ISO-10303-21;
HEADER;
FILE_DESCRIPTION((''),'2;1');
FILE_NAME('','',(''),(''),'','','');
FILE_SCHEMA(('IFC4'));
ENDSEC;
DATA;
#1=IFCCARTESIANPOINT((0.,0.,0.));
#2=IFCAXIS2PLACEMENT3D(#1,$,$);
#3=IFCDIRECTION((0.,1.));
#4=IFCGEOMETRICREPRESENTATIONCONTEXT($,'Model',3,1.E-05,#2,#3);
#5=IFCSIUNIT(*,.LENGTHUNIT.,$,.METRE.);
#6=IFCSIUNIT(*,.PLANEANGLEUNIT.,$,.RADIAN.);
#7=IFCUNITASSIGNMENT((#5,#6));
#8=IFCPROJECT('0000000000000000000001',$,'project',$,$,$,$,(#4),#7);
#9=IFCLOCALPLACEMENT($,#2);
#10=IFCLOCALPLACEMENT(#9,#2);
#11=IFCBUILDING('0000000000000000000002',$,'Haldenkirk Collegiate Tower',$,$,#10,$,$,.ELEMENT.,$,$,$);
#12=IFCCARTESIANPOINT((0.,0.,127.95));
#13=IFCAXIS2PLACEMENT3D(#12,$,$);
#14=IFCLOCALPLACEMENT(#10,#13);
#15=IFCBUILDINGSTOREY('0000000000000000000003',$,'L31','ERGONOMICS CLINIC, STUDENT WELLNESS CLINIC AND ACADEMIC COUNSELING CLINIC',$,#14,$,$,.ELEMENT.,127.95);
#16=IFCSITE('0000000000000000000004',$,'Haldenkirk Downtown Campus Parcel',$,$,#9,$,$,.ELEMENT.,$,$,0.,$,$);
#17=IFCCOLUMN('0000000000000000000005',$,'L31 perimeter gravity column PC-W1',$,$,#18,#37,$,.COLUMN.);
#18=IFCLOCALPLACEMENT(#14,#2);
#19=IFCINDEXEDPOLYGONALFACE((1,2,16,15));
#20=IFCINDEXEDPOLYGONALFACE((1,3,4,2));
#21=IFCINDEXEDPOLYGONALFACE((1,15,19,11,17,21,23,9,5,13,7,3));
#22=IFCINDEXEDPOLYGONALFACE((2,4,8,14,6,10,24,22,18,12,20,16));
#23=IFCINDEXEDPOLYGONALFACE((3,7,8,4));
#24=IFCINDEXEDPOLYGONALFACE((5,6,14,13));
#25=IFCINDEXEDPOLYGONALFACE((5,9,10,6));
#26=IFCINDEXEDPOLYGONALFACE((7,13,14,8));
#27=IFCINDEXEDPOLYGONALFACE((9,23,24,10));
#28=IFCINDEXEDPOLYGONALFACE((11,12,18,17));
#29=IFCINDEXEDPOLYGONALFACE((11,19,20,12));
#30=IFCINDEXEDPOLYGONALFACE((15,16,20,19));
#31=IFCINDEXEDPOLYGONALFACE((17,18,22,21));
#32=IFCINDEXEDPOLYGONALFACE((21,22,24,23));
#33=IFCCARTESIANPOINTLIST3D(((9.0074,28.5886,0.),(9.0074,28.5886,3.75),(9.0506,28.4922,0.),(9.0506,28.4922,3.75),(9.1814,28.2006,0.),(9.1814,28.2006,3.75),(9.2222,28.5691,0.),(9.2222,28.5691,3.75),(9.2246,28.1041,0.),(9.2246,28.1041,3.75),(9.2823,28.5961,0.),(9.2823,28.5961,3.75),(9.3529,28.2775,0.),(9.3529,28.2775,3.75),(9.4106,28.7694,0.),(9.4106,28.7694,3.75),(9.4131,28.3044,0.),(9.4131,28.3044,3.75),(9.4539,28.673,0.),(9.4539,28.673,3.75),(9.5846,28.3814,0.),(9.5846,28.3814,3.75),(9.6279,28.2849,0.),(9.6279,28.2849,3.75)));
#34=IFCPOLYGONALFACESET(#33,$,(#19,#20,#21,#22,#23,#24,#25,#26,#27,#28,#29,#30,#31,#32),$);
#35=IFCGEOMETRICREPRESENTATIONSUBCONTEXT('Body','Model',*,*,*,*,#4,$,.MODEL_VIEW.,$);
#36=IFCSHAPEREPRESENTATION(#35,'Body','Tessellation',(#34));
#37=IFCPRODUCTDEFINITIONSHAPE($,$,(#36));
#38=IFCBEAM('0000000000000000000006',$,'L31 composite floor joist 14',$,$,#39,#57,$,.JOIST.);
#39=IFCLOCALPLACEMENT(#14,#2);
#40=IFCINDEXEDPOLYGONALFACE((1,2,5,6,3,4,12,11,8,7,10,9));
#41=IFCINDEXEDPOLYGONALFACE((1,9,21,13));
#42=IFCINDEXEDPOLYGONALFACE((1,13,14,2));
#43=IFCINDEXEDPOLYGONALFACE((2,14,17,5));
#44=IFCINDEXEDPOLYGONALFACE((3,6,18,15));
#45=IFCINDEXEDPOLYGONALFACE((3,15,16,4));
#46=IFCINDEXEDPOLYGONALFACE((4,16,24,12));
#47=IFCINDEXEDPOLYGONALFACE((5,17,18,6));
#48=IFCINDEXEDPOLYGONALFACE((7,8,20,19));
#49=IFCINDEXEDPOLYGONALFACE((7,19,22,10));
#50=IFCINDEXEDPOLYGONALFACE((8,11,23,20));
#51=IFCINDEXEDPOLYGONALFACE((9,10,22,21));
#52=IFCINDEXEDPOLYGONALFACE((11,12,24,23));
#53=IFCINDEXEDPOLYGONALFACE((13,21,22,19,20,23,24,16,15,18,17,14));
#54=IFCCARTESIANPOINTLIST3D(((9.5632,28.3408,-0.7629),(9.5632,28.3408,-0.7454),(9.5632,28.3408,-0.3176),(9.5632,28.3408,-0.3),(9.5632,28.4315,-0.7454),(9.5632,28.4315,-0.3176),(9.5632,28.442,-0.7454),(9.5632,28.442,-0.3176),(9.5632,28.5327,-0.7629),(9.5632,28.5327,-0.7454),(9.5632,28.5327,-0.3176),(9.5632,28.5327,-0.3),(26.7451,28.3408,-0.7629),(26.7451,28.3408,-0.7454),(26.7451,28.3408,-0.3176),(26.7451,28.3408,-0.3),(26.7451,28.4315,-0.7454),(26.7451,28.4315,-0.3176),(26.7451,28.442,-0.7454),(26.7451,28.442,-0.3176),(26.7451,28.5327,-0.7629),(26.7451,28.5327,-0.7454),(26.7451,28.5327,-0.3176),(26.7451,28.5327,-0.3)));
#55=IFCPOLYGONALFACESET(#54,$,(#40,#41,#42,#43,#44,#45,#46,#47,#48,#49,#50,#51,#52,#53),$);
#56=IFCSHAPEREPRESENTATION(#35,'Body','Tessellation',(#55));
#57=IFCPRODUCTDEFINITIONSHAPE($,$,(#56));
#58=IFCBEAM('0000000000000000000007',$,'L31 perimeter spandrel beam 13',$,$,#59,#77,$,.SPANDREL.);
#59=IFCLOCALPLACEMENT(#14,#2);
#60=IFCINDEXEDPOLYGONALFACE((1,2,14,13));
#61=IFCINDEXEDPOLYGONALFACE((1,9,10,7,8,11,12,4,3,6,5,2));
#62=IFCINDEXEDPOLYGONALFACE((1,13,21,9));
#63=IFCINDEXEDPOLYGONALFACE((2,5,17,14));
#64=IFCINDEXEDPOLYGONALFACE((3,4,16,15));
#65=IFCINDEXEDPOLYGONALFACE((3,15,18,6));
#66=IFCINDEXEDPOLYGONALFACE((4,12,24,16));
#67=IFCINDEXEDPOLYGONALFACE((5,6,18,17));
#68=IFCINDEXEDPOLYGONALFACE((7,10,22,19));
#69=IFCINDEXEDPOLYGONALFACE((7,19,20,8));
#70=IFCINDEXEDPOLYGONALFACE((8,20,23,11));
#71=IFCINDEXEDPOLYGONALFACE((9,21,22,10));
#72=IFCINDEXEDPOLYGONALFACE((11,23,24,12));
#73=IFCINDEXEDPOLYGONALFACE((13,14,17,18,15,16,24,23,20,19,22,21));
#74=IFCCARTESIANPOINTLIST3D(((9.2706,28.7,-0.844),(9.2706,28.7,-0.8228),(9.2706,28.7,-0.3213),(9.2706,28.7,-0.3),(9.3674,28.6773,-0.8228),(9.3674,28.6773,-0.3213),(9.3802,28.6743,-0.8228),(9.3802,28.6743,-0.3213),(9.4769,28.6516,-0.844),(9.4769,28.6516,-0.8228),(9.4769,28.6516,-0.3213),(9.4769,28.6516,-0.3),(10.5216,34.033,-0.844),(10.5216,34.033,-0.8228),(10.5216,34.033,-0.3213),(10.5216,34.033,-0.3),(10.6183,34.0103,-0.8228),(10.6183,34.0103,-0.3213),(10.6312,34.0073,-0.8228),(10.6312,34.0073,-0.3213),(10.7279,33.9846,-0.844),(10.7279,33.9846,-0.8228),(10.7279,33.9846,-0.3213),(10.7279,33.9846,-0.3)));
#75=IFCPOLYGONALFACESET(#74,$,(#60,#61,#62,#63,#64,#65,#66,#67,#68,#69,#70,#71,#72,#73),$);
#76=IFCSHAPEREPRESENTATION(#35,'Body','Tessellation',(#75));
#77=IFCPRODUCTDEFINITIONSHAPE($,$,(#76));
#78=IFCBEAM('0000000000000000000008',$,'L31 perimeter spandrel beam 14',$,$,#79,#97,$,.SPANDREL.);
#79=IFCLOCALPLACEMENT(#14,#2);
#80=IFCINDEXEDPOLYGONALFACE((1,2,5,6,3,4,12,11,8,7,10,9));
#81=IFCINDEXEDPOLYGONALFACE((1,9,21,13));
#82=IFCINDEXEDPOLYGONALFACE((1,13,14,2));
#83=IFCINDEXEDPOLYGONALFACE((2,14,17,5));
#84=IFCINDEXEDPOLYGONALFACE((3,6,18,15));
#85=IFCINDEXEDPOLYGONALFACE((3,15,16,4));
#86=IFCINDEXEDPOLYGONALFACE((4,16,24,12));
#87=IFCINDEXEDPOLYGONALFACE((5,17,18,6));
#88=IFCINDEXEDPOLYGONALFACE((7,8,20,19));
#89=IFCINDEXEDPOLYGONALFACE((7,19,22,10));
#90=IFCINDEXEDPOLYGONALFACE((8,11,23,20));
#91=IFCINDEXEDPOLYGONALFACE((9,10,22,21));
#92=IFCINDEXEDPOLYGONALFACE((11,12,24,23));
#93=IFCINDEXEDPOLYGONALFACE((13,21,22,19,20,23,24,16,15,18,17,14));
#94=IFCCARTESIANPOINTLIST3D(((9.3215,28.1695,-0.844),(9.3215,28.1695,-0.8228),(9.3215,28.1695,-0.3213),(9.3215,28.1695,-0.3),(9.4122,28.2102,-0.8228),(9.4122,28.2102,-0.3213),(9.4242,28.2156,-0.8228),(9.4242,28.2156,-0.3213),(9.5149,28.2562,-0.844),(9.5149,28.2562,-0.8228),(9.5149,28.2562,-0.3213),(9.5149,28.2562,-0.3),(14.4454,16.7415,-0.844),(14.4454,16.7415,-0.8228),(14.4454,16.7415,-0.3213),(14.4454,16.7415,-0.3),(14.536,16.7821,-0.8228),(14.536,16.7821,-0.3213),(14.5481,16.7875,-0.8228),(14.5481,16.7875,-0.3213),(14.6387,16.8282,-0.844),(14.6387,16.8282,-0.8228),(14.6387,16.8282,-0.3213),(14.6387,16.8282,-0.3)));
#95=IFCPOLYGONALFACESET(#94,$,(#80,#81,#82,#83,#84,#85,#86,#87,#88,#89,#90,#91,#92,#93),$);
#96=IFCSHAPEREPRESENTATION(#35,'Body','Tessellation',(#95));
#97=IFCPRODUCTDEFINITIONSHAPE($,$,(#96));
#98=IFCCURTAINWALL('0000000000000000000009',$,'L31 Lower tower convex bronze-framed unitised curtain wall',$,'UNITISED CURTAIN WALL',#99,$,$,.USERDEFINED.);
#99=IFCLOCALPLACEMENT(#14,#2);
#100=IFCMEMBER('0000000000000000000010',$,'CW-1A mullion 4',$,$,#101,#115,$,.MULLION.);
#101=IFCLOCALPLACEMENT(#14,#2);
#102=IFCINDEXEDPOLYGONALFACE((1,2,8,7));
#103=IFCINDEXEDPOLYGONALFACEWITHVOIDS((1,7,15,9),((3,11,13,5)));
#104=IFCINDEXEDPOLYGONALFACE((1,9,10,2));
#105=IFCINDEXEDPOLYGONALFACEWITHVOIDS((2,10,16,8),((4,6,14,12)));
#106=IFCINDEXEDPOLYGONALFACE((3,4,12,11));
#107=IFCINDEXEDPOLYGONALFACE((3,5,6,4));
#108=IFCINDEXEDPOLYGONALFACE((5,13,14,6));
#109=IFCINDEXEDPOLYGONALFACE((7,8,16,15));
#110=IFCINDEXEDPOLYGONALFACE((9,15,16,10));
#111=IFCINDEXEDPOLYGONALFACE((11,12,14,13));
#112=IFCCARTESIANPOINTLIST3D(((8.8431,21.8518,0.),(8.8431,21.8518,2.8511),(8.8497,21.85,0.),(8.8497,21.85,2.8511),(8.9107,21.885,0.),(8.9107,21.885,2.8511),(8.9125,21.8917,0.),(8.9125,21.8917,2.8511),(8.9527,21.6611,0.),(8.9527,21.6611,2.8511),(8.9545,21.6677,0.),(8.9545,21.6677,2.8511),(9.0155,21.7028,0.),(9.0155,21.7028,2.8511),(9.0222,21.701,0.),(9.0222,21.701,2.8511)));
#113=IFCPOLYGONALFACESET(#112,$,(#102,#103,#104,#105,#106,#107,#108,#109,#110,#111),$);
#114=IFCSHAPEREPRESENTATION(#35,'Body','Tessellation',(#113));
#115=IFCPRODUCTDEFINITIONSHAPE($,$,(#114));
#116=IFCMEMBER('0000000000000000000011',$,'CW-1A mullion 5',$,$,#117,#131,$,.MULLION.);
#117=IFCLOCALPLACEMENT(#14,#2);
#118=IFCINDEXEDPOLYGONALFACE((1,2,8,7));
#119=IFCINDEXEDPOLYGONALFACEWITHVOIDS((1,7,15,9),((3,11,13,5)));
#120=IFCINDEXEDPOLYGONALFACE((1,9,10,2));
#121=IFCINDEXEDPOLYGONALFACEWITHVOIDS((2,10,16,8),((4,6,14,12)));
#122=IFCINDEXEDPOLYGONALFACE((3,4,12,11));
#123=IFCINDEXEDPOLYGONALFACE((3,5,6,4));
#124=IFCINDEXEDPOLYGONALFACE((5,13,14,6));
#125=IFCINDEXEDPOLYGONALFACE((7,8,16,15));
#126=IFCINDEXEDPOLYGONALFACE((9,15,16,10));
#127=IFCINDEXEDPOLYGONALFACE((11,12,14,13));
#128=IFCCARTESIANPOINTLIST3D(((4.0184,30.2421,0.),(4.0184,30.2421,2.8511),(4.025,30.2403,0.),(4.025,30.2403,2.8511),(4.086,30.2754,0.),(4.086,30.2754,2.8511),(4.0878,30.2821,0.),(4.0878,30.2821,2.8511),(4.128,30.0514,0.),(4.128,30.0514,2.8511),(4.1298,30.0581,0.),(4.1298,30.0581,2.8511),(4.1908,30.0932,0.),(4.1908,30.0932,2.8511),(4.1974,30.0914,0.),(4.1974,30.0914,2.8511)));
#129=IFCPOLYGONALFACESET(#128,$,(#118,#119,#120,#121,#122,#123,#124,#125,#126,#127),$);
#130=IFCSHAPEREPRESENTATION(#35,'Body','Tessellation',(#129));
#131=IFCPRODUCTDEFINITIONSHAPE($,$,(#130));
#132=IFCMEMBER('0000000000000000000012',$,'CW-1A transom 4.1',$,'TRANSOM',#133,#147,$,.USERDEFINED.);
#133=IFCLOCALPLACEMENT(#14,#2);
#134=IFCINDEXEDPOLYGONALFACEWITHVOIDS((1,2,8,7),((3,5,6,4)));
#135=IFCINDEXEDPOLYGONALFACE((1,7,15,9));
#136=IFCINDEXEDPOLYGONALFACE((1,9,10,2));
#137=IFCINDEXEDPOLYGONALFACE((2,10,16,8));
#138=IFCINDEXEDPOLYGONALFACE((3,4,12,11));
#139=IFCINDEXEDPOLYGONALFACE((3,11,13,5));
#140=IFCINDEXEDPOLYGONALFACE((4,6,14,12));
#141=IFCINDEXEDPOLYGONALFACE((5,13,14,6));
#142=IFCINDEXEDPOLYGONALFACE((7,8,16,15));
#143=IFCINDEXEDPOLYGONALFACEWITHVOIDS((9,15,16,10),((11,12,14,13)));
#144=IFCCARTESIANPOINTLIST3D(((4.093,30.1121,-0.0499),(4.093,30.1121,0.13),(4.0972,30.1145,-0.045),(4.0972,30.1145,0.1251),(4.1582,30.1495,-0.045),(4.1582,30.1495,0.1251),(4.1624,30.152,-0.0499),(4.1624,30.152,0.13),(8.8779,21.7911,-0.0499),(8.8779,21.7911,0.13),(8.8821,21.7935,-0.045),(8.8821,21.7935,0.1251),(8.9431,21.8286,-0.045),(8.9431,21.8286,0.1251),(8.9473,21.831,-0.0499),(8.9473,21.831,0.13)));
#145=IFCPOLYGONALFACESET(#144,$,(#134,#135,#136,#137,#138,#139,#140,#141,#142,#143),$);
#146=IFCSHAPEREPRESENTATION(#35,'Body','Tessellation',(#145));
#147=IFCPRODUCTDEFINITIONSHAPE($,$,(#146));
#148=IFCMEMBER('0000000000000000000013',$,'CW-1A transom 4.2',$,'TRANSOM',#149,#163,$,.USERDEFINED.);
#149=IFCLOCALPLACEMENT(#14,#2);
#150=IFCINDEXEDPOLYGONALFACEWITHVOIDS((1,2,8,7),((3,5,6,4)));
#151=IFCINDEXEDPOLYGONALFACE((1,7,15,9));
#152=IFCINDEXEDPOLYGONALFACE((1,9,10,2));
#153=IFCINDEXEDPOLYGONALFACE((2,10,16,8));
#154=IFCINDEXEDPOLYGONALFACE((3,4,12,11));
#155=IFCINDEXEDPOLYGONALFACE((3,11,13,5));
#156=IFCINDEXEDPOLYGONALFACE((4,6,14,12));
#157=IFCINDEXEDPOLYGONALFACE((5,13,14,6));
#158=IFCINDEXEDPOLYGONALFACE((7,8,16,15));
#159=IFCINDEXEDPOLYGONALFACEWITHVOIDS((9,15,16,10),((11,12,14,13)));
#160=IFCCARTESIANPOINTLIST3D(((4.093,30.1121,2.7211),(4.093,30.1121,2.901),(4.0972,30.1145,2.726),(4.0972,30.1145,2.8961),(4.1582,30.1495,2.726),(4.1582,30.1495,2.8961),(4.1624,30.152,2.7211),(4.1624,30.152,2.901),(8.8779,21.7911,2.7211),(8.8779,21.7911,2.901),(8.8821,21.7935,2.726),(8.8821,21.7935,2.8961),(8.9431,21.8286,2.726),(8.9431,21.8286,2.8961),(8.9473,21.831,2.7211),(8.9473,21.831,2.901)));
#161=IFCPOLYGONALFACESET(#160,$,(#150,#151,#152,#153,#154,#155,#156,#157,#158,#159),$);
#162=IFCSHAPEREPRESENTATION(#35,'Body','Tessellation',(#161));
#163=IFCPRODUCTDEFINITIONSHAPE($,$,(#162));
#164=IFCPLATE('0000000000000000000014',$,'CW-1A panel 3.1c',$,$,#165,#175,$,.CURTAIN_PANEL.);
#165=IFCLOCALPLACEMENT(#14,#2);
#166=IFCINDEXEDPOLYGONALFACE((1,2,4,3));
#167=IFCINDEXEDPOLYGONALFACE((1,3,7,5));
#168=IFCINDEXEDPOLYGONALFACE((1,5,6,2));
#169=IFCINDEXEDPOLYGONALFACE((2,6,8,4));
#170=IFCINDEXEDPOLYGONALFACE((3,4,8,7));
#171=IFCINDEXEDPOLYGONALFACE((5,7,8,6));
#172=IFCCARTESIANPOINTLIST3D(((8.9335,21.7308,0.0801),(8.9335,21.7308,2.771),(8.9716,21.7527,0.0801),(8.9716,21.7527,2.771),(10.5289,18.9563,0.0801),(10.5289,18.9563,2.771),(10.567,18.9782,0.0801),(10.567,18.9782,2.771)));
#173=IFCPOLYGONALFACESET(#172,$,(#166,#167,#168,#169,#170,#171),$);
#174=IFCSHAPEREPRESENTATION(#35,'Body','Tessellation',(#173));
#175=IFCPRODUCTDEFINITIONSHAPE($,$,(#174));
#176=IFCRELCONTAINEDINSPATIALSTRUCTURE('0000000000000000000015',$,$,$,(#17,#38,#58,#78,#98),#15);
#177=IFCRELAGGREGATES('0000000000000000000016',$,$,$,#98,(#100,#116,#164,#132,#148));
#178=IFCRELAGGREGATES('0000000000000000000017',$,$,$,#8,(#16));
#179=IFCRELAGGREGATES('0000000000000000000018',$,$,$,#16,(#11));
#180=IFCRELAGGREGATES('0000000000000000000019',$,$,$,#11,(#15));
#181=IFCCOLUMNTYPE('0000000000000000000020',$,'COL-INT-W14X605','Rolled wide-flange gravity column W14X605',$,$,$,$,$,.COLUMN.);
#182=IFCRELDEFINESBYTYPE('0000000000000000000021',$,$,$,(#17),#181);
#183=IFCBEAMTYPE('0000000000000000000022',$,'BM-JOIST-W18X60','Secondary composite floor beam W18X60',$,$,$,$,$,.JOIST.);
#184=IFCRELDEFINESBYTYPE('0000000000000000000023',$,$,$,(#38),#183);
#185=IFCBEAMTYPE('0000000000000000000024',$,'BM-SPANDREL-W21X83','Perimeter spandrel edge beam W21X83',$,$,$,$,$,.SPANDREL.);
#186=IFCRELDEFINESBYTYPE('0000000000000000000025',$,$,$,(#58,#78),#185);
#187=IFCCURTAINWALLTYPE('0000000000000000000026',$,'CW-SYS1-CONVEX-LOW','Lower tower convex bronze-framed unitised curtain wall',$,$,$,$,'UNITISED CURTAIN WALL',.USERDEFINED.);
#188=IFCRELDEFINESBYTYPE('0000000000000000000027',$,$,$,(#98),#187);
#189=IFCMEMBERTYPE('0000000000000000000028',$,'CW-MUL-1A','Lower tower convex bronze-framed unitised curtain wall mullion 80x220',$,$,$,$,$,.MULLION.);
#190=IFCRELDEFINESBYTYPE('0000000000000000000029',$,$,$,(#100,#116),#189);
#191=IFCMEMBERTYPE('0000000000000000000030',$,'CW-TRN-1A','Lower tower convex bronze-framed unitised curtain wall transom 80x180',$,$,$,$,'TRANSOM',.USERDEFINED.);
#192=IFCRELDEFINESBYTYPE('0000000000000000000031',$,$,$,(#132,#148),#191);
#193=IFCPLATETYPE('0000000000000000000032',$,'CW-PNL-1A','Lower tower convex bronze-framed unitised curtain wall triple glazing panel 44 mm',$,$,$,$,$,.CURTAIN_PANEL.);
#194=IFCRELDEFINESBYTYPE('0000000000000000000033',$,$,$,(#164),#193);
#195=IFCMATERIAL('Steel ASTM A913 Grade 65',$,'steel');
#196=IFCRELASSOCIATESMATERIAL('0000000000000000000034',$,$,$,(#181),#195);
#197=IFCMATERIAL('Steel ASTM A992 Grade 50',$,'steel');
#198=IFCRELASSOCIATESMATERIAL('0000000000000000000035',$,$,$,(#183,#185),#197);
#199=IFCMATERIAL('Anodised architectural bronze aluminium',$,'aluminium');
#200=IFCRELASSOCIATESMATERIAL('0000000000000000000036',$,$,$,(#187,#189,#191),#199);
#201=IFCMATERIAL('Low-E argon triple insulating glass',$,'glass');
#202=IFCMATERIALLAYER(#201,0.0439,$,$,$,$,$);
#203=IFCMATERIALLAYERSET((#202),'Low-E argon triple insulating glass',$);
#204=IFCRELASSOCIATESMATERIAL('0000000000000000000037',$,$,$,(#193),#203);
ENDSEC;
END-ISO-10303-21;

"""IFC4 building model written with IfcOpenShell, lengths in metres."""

from ifc_helpers import new_model, si_unit, direction, frame, origin, origin_2d, place, context, subcontext, project, spatial, rectangle, hollow_rectangle, i_section, extrude, source, transform, mapped, material, layer, layer_set, material_profile, profile_set, type_object, element, aggregate, save


model = new_model("IFC4")

# Units and contexts
model_context = context("Model", 3, precision=1e-05, world=origin(), true_north=direction((0.0, 1.0)))
body_context = subcontext(model_context, "Body", "Model", "MODEL_VIEW")
ifc_project = project(units=[si_unit("LENGTHUNIT", "METRE"), si_unit("PLANEANGLEUNIT", "RADIAN")], contexts=[model_context])

# Site, building, storey
site_placement = place(None, origin())
site = spatial("IfcSite", under=ifc_project, at=site_placement, Name="Haldenkirk Downtown Campus Parcel", CompositionType="ELEMENT", RefElevation=0.0)
building_placement = place(site_placement, origin())
building = spatial("IfcBuilding", under=site, at=building_placement, Name="Haldenkirk Collegiate Tower", CompositionType="ELEMENT")
storey_placement = place(building_placement, frame((0.0, 0.0, 127.95)))
storey = spatial("IfcBuildingStorey", under=building, at=storey_placement, Name="L31", Description="ERGONOMICS CLINIC, STUDENT WELLNESS CLINIC AND ACADEMIC COUNSELING CLINIC", CompositionType="ELEMENT", Elevation=127.95)

# Column
ifc_material_1 = material(Name="Steel ASTM A913 Grade 65", Category="steel")
ifc_material_profile_1 = material_profile(ifc_material_1, i_section(OverallWidth=0.4419, OverallDepth=0.531, WebThickness=0.0659, FlangeThickness=0.1057, at=origin_2d()), Name="W14X605")
ifc_profile_set_1 = profile_set([ifc_material_profile_1], Name="Steel ASTM A913 Grade 65")
column_type = type_object("IfcColumnType", Name="COL-INT-W14X605", Description="Rolled wide-flange gravity column W14X605", PredefinedType="COLUMN", material=ifc_profile_set_1)
column_placement = place(storey_placement, frame((9.3176, 28.4368, 0.0), z_axis=(0.0, 0.0, 1.0), x_axis=(0.912477, 0.409127, 0.0)))
element("IfcColumn", 1, at=column_placement, inside=storey, type_object=column_type, Name="L31 perimeter gravity column PC-W1", PredefinedType="COLUMN", context=body_context, shape_type="SweptSolid", body=[
    extrude(i_section(OverallWidth=0.4419, OverallDepth=0.531, WebThickness=0.0659, FlangeThickness=0.1057, at=origin_2d()), origin(), (0.0, 0.0, 1.0), 3.75),
])

# Beams
ifc_material_2 = material(Name="Steel ASTM A992 Grade 50", Category="steel")
ifc_material_profile_2 = material_profile(ifc_material_2, i_section(OverallWidth=0.1919, OverallDepth=0.4629, WebThickness=0.0105, FlangeThickness=0.0176, at=origin_2d()), Name="W18X60")
ifc_profile_set_2 = profile_set([ifc_material_profile_2], Name="Steel ASTM A992 Grade 50")
beam_type_1 = type_object("IfcBeamType", Name="BM-JOIST-W18X60", Description="Secondary composite floor beam W18X60", PredefinedType="JOIST", material=ifc_profile_set_2)
beam_1_placement = place(storey_placement, frame((9.5632, 28.4368, -0.5315), z_axis=(1.0, 0.0, 0.0), x_axis=(0.0, 1.0, 0.0)))
element("IfcBeam", 2, at=beam_1_placement, inside=storey, type_object=beam_type_1, Name="L31 composite floor joist 14", PredefinedType="JOIST", context=body_context, shape_type="SweptSolid", body=[
    extrude(i_section(OverallWidth=0.1919, OverallDepth=0.4629, WebThickness=0.0105, FlangeThickness=0.0176, at=origin_2d()), origin(), (0.0, 0.0, 1.0), 17.1819),
])
ifc_material_profile_3 = material_profile(ifc_material_2, i_section(OverallWidth=0.2119, OverallDepth=0.5439, WebThickness=0.0132, FlangeThickness=0.0212, at=origin_2d()), Name="W21X83")
ifc_profile_set_3 = profile_set([ifc_material_profile_3], Name="Steel ASTM A992 Grade 50")
beam_type_2 = type_object("IfcBeamType", Name="BM-SPANDREL-W21X83", Description="Perimeter spandrel edge beam W21X83", PredefinedType="SPANDREL", material=ifc_profile_set_3)
beam_2_placement = place(storey_placement, frame((10.6248, 34.0088, -0.572), z_axis=(-0.228374, -0.973574, 0.0), x_axis=(0.973574, -0.228374, 0.0)))
element("IfcBeam", 3, at=beam_2_placement, inside=storey, type_object=beam_type_2, Name="L31 perimeter spandrel beam 13", PredefinedType="SPANDREL", context=body_context, shape_type="SweptSolid", body=[
    extrude(i_section(OverallWidth=0.2119, OverallDepth=0.5439, WebThickness=0.0132, FlangeThickness=0.0212, at=origin_2d()), origin(), (0.0, 0.0, 1.0), 5.4778),
])
beam_3_placement = place(storey_placement, frame((9.4182, 28.2129, -0.572), z_axis=(0.409115, -0.912483, 0.0), x_axis=(0.912483, 0.409115, 0.0)))
element("IfcBeam", 4, at=beam_3_placement, inside=storey, type_object=beam_type_2, Name="L31 perimeter spandrel beam 14", PredefinedType="SPANDREL", context=body_context, shape_type="SweptSolid", body=[
    extrude(i_section(OverallWidth=0.2119, OverallDepth=0.5439, WebThickness=0.0132, FlangeThickness=0.0212, at=origin_2d()), origin(), (0.0, 0.0, 1.0), 12.5242),
])

# Curtain wall, members, plate
ifc_material_3 = material(Name="Anodised architectural bronze aluminium", Category="aluminium")
curtain_wall_type = type_object("IfcCurtainWallType", Name="CW-SYS1-CONVEX-LOW", Description="Lower tower convex bronze-framed unitised curtain wall", ElementType="UNITISED CURTAIN WALL", PredefinedType="USERDEFINED", material=ifc_material_3)
curtain_wall_placement = place(storey_placement, origin())
curtain_wall = element("IfcCurtainWall", 5, at=curtain_wall_placement, inside=storey, type_object=curtain_wall_type, Name="L31 Lower tower convex bronze-framed unitised curtain wall", ObjectType="UNITISED CURTAIN WALL", PredefinedType="USERDEFINED")
ifc_material_profile_4 = material_profile(ifc_material_3, hollow_rectangle(XDim=0.0801, YDim=0.22, WallThickness=0.0049, at=origin_2d()), Name="CW-MUL-1A")
ifc_profile_set_4 = profile_set([ifc_material_profile_4], Name="Anodised architectural bronze aluminium")
member_type_1 = type_object("IfcMemberType", Name="CW-MUL-1A", Description="Lower tower convex bronze-framed unitised curtain wall mullion 80x220", PredefinedType="MULLION", material=ifc_profile_set_4)
member_1_placement = place(storey_placement, frame((8.9326, 21.7764, 0.0), z_axis=(0.0, 0.0, 1.0), x_axis=(-0.866896, -0.49849, 0.0)))
member_1 = element("IfcMember", 6, at=member_1_placement, type_object=member_type_1, Name="CW-1A mullion 4", PredefinedType="MULLION", context=body_context, shape_type="SweptSolid", body=[
    extrude(hollow_rectangle(XDim=0.0801, YDim=0.22, WallThickness=0.0049, at=origin_2d()), origin(), (0.0, 0.0, 1.0), 2.8511),
])
member_2_placement = place(storey_placement, frame((4.1079, 30.1667, 0.0), z_axis=(0.0, 0.0, 1.0), x_axis=(-0.866896, -0.49849, 0.0)))
member_2 = element("IfcMember", 7, at=member_2_placement, type_object=member_type_1, Name="CW-1A mullion 5", PredefinedType="MULLION", context=body_context, shape_type="SweptSolid", body=[
    extrude(hollow_rectangle(XDim=0.0801, YDim=0.22, WallThickness=0.0049, at=origin_2d()), origin(), (0.0, 0.0, 1.0), 2.8511),
])
ifc_material_profile_5 = material_profile(ifc_material_3, hollow_rectangle(XDim=0.0801, YDim=0.1799, WallThickness=0.0049, at=origin_2d()), Name="CW-TRN-1A")
ifc_profile_set_5 = profile_set([ifc_material_profile_5], Name="Anodised architectural bronze aluminium")
member_type_2 = type_object("IfcMemberType", Name="CW-TRN-1A", Description="Lower tower convex bronze-framed unitised curtain wall transom 80x180", ElementType="TRANSOM", PredefinedType="USERDEFINED", material=ifc_profile_set_5)
member_3_placement = place(storey_placement, frame((8.9126, 21.811, 0.04), z_axis=(-0.498495, 0.866892, 0.0), x_axis=(-0.866892, -0.498495, 0.0)))
member_3 = element("IfcMember", 8, at=member_3_placement, type_object=member_type_2, Name="CW-1A transom 4.1", ObjectType="TRANSOM", PredefinedType="USERDEFINED", context=body_context, shape_type="SweptSolid", body=[
    extrude(hollow_rectangle(XDim=0.0801, YDim=0.1799, WallThickness=0.0049, at=origin_2d()), origin(), (0.0, 0.0, 1.0), 9.5986),
])
member_4_placement = place(storey_placement, frame((8.9126, 21.811, 2.811), z_axis=(-0.498495, 0.866892, 0.0), x_axis=(-0.866892, -0.498495, 0.0)))
member_4 = element("IfcMember", 9, at=member_4_placement, type_object=member_type_2, Name="CW-1A transom 4.2", ObjectType="TRANSOM", PredefinedType="USERDEFINED", context=body_context, shape_type="SweptSolid", body=[
    extrude(hollow_rectangle(XDim=0.0801, YDim=0.1799, WallThickness=0.0049, at=origin_2d()), origin(), (0.0, 0.0, 1.0), 9.5986),
])
ifc_material_4 = material(Name="Low-E argon triple insulating glass", Category="glass")
ifc_layer_1 = layer(ifc_material_4, 0.0439)
ifc_layer_set_1 = layer_set([ifc_layer_1], Name="Low-E argon triple insulating glass")
plate_type = type_object("IfcPlateType", Name="CW-PNL-1A", Description="Lower tower convex bronze-framed unitised curtain wall triple glazing panel 44 mm", PredefinedType="CURTAIN_PANEL", material=ifc_layer_set_1)
shared_shape_1 = source(origin(), body_context, "Body", "SweptSolid", [
    extrude(rectangle(XDim=3.2004, YDim=0.0439, at=origin_2d()), origin(), (0.0, 0.0, 1.0), 2.6909),
])
plate_1_placement = place(storey_placement, frame((9.7502, 20.3545, 0.0801), z_axis=(0.0, 0.0, 1.0), x_axis=(-0.49849, 0.866896, 0.0)))
plate_1 = element("IfcPlate", 10, at=plate_1_placement, type_object=plate_type, Name="CW-1A panel 3.1c", PredefinedType="CURTAIN_PANEL", context=body_context, shape_type="MappedRepresentation", body=[
    mapped(shared_shape_1, transform((0.0, 0.0, 0.0), x_axis=(1.0, 0.0, 0.0), y_axis=(0.0, 1.0, 0.0), z_axis=(0.0, 0.0, 1.0), scale=1.0)),
])
aggregate(curtain_wall, [member_1, member_2, plate_1, member_3, member_4])

save(model, "model.ifc")
